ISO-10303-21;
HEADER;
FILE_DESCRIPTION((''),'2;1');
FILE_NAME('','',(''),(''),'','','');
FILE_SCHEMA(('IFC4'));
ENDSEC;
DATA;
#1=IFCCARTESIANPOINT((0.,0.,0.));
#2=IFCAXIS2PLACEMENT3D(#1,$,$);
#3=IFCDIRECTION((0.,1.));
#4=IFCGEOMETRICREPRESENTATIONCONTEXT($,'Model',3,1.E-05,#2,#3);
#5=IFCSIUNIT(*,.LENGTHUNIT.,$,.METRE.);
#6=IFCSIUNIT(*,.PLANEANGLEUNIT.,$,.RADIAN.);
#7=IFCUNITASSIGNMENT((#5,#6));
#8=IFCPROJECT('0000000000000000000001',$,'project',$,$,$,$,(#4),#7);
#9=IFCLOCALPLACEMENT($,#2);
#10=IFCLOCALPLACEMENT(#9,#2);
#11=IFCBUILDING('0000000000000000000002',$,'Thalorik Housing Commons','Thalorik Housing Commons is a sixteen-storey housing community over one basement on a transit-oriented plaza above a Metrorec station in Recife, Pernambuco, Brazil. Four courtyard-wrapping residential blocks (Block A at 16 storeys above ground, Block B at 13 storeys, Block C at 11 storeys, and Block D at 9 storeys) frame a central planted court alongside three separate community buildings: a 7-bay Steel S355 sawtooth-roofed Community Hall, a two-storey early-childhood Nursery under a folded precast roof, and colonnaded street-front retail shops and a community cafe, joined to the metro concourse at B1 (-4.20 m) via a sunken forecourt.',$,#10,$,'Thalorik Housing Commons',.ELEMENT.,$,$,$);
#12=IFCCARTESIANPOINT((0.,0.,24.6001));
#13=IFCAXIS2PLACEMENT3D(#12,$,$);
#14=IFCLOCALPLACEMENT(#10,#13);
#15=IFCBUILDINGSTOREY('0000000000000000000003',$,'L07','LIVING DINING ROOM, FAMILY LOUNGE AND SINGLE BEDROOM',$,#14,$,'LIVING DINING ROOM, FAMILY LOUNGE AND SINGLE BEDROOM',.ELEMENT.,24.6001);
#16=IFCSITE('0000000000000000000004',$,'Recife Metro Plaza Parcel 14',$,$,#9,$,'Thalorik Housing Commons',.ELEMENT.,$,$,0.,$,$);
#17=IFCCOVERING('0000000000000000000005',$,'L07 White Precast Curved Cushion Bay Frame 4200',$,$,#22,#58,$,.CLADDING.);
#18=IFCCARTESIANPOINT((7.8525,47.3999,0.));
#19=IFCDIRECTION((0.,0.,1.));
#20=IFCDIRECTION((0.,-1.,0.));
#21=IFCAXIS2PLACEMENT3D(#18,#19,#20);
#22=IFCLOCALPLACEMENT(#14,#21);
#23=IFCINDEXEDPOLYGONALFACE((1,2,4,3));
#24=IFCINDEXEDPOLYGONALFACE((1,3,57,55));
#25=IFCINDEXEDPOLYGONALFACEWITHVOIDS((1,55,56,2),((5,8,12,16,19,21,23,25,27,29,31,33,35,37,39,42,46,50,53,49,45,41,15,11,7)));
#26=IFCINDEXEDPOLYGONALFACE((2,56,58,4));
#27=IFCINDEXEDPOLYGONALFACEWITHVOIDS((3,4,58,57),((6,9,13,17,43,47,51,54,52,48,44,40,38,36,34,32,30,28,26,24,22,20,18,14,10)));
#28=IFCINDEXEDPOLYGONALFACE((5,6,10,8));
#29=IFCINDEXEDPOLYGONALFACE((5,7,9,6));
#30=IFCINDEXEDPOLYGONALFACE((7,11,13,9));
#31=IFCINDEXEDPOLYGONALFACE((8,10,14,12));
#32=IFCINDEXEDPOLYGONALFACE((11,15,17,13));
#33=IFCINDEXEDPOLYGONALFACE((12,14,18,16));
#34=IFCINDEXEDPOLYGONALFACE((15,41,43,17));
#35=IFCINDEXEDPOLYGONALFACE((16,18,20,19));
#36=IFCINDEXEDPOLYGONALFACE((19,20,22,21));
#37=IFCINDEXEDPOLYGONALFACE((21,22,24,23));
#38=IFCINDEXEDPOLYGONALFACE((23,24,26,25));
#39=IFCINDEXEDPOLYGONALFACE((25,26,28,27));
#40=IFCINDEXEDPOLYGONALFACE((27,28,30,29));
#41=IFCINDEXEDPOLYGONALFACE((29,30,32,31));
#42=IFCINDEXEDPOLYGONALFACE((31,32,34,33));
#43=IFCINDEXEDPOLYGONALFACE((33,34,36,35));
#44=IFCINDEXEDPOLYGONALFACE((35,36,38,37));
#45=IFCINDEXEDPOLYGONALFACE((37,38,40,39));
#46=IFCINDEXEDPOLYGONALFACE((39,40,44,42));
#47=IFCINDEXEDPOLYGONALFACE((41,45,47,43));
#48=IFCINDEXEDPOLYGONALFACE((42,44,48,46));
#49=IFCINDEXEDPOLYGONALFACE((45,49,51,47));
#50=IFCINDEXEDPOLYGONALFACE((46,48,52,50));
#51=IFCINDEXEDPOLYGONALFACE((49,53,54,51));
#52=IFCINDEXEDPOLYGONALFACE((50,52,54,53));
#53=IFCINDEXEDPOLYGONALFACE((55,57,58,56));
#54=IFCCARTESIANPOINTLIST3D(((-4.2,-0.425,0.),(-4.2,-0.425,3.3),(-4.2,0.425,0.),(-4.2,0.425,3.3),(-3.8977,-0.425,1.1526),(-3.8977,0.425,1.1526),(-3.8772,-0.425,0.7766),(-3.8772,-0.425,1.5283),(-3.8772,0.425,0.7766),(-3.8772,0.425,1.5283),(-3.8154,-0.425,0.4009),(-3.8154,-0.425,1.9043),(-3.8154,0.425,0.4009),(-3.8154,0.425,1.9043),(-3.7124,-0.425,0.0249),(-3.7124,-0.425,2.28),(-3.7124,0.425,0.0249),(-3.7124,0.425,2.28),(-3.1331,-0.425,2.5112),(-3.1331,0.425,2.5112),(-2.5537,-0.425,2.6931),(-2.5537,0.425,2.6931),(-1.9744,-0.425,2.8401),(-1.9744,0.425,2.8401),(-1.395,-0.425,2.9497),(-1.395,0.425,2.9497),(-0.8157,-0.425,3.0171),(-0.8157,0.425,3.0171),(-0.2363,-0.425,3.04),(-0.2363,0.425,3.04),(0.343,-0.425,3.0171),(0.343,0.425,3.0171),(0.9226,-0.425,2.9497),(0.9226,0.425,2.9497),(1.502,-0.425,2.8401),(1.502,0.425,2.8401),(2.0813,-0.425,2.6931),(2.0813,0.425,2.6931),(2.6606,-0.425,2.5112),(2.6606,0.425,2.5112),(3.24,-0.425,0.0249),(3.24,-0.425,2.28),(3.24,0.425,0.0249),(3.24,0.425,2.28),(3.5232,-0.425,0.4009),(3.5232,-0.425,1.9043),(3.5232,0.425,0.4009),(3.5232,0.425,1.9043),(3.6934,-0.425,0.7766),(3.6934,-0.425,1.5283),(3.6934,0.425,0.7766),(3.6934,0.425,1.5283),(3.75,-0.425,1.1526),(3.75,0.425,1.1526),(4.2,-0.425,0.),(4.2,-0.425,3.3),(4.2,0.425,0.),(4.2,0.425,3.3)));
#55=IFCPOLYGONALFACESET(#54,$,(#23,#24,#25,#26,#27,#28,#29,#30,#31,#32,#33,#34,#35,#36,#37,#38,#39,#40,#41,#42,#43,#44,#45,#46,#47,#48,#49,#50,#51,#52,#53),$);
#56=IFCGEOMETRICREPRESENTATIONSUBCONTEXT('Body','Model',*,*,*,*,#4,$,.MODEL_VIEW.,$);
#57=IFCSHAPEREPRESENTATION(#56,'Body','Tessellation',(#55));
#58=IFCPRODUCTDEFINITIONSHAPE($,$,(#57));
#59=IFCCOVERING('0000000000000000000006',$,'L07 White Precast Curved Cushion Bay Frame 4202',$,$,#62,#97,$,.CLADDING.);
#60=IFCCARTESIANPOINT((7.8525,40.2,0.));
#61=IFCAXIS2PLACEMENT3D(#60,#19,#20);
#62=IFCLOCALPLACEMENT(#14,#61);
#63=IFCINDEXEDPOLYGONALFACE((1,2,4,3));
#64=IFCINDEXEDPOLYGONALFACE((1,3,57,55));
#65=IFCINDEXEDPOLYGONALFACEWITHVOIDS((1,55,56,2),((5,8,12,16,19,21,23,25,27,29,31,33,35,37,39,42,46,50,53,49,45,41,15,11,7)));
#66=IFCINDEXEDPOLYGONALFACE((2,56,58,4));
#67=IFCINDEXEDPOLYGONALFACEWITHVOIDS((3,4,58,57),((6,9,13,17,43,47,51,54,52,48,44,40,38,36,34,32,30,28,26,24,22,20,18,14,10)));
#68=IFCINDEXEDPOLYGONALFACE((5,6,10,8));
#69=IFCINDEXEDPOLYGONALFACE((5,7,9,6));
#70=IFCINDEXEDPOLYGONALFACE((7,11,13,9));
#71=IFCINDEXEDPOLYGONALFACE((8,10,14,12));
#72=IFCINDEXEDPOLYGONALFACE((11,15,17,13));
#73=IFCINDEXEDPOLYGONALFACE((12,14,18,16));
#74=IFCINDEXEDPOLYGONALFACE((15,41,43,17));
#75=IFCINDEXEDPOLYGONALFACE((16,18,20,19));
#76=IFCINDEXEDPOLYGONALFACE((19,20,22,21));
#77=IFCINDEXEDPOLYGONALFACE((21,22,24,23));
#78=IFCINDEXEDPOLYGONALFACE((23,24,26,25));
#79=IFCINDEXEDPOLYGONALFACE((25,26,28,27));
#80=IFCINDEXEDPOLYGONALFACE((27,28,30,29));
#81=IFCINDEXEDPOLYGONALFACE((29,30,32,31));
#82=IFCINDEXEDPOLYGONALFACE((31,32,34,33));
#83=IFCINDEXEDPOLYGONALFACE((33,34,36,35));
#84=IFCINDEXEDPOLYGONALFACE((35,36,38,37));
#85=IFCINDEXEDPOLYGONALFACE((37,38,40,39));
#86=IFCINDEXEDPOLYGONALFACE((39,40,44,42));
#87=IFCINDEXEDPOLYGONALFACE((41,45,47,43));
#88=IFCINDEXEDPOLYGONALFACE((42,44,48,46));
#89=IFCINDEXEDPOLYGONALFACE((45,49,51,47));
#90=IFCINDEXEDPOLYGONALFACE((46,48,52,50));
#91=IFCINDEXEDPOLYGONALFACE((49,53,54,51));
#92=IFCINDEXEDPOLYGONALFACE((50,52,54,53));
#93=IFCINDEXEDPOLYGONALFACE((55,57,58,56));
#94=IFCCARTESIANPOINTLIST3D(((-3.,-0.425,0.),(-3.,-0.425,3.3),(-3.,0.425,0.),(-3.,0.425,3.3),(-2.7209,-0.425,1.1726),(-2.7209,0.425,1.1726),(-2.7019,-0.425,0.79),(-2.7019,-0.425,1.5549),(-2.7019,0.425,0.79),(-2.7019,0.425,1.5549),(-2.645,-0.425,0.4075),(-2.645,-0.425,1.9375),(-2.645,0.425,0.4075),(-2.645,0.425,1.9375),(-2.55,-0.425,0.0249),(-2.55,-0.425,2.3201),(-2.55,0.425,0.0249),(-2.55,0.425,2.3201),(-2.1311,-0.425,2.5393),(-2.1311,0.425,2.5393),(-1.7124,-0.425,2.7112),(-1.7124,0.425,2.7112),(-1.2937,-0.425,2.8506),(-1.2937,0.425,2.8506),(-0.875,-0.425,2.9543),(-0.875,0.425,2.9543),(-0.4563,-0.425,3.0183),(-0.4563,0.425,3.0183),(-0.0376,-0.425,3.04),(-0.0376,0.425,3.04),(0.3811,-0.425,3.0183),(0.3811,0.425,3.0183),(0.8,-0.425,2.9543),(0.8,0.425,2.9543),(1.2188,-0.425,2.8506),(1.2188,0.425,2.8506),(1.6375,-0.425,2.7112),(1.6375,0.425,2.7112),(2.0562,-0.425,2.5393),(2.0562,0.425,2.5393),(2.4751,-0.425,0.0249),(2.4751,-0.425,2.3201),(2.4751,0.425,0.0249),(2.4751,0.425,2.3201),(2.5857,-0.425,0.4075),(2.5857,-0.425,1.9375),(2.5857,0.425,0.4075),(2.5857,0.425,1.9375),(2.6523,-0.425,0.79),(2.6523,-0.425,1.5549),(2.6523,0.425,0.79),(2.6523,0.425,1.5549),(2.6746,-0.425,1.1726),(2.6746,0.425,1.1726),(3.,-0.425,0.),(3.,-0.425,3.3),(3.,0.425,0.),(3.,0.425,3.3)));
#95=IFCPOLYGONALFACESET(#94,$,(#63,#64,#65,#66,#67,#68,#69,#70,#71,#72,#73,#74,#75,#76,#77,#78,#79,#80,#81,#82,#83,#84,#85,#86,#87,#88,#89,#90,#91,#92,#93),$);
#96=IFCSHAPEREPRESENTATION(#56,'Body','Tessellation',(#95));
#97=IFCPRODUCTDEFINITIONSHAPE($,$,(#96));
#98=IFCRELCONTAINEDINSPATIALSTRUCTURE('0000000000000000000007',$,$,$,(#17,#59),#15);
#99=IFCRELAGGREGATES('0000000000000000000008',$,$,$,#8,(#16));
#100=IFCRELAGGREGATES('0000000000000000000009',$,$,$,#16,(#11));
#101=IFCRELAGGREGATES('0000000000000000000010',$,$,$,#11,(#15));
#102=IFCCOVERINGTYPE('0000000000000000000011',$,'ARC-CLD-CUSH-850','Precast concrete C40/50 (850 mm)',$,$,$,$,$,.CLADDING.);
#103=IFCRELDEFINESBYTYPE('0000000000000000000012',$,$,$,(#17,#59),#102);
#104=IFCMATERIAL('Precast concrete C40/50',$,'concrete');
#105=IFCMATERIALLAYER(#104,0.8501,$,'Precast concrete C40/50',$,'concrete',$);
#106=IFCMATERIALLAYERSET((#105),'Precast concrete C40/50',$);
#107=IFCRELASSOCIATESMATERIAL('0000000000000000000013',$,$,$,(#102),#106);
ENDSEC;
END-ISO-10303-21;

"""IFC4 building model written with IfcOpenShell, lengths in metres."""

from ifc_helpers import new_model, si_unit, direction, frame, origin, place, context, subcontext, project, spatial, polyline, outline, extrude, material, layer, layer_set, type_object, element, save


model = new_model("IFC4")

# Units and contexts
model_context = context("Model", 3, precision=1e-05, world=origin(), true_north=direction((0.0, 1.0)))
body_context = subcontext(model_context, "Body", "Model", "MODEL_VIEW")
ifc_project = project(units=[si_unit("LENGTHUNIT", "METRE"), si_unit("PLANEANGLEUNIT", "RADIAN")], contexts=[model_context])

# Site, building, storey
site_placement = place(None, origin())
site = spatial("IfcSite", under=ifc_project, at=site_placement, Name="Recife Metro Plaza Parcel 14", LongName="Thalorik Housing Commons", CompositionType="ELEMENT", RefElevation=0.0)
building_placement = place(site_placement, origin())
building = spatial("IfcBuilding", under=site, at=building_placement, Name="Thalorik Housing Commons", Description="Thalorik Housing Commons is a sixteen-storey housing community over one basement on a transit-oriented plaza above a Metrorec station in Recife, Pernambuco, Brazil. Four courtyard-wrapping residential blocks (Block A at 16 storeys above ground, Block B at 13 storeys, Block C at 11 storeys, and Block D at 9 storeys) frame a central planted court alongside three separate community buildings: a 7-bay Steel S355 sawtooth-roofed Community Hall, a two-storey early-childhood Nursery under a folded precast roof, and colonnaded street-front retail shops and a community cafe, joined to the metro concourse at B1 (-4.20 m) via a sunken forecourt.", LongName="Thalorik Housing Commons", CompositionType="ELEMENT")
storey_placement = place(building_placement, frame((0.0, 0.0, 24.6001)))
storey = spatial("IfcBuildingStorey", under=building, at=storey_placement, Name="L07", Description="LIVING DINING ROOM, FAMILY LOUNGE AND SINGLE BEDROOM", LongName="LIVING DINING ROOM, FAMILY LOUNGE AND SINGLE BEDROOM", CompositionType="ELEMENT", Elevation=24.6001)

# Shared definitions
ifc_material_1 = material(Name="Precast concrete C40/50", Category="concrete")

# Coverings
ifc_layer_1 = layer(ifc_material_1, 0.8501, Name="Precast concrete C40/50", Category="concrete")
ifc_layer_set_1 = layer_set([ifc_layer_1], Name="Precast concrete C40/50")
covering_type_1 = type_object("IfcCoveringType", Name="ARC-CLD-CUSH-850", Description="Precast concrete C40/50 (850 mm)", PredefinedType="CLADDING", material=ifc_layer_set_1)
covering_1_placement = place(storey_placement, frame((7.8525, 47.3999, 0.0), z_axis=(0.0, 0.0, 1.0), x_axis=(0.0, -1.0, 0.0)))
element("IfcCovering", 1, at=covering_1_placement, inside=storey, type_object=covering_type_1, Name="L07 White Precast Curved Cushion Bay Frame 4200", PredefinedType="CLADDING", context=body_context, shape_type="SweptSolid", body=[
    extrude(outline(polyline([(-4.2, 0.0), (4.2, 0.0), (4.2, 3.3), (-4.2, 3.3), (-4.2, 0.0)]), holes=[polyline([(3.24, 0.0249), (3.5232, 0.4009), (3.6934, 0.7766), (3.75, 1.1526), (3.6934, 1.5283), (3.5232, 1.9043), (3.24, 2.28), (2.6606, 2.5112), (2.0813, 2.6931), (1.502, 2.8401), (0.9226, 2.9497), (0.343, 3.0171), (-0.2363, 3.04), (-0.8157, 3.0171), (-1.395, 2.9497), (-1.9744, 2.8401), (-2.5537, 2.6931), (-3.1331, 2.5112), (-3.7124, 2.28), (-3.8154, 1.9043), (-3.8772, 1.5283), (-3.8977, 1.1526), (-3.8772, 0.7766), (-3.8154, 0.4009), (-3.7124, 0.0249), (3.24, 0.0249)])]), frame((0.0, 0.425, 0.0), z_axis=(0.0, -1.0, 0.0), x_axis=(1.0, 0.0, 0.0)), (0.0, 0.0, 1.0), 0.8501),
])
covering_2_placement = place(storey_placement, frame((7.8525, 40.2, 0.0), z_axis=(0.0, 0.0, 1.0), x_axis=(0.0, -1.0, 0.0)))
element("IfcCovering", 2, at=covering_2_placement, inside=storey, type_object=covering_type_1, Name="L07 White Precast Curved Cushion Bay Frame 4202", PredefinedType="CLADDING", context=body_context, shape_type="SweptSolid", body=[
    extrude(outline(polyline([(-3.0, 0.0), (3.0, 0.0), (3.0, 3.3), (-3.0, 3.3), (-3.0, 0.0)]), holes=[polyline([(2.4751, 0.0249), (2.5857, 0.4075), (2.6523, 0.79), (2.6746, 1.1726), (2.6523, 1.5549), (2.5857, 1.9375), (2.4751, 2.3201), (2.0562, 2.5393), (1.6375, 2.7112), (1.2188, 2.8506), (0.8, 2.9543), (0.3811, 3.0183), (-0.0376, 3.04), (-0.4563, 3.0183), (-0.875, 2.9543), (-1.2937, 2.8506), (-1.7124, 2.7112), (-2.1311, 2.5393), (-2.55, 2.3201), (-2.645, 1.9375), (-2.7019, 1.5549), (-2.7209, 1.1726), (-2.7019, 0.79), (-2.645, 0.4075), (-2.55, 0.0249), (2.4751, 0.0249)])]), frame((0.0, 0.425, 0.0), z_axis=(0.0, -1.0, 0.0), x_axis=(1.0, 0.0, 0.0)), (0.0, 0.0, 1.0), 0.8501),
])

save(model, "model.ifc")
